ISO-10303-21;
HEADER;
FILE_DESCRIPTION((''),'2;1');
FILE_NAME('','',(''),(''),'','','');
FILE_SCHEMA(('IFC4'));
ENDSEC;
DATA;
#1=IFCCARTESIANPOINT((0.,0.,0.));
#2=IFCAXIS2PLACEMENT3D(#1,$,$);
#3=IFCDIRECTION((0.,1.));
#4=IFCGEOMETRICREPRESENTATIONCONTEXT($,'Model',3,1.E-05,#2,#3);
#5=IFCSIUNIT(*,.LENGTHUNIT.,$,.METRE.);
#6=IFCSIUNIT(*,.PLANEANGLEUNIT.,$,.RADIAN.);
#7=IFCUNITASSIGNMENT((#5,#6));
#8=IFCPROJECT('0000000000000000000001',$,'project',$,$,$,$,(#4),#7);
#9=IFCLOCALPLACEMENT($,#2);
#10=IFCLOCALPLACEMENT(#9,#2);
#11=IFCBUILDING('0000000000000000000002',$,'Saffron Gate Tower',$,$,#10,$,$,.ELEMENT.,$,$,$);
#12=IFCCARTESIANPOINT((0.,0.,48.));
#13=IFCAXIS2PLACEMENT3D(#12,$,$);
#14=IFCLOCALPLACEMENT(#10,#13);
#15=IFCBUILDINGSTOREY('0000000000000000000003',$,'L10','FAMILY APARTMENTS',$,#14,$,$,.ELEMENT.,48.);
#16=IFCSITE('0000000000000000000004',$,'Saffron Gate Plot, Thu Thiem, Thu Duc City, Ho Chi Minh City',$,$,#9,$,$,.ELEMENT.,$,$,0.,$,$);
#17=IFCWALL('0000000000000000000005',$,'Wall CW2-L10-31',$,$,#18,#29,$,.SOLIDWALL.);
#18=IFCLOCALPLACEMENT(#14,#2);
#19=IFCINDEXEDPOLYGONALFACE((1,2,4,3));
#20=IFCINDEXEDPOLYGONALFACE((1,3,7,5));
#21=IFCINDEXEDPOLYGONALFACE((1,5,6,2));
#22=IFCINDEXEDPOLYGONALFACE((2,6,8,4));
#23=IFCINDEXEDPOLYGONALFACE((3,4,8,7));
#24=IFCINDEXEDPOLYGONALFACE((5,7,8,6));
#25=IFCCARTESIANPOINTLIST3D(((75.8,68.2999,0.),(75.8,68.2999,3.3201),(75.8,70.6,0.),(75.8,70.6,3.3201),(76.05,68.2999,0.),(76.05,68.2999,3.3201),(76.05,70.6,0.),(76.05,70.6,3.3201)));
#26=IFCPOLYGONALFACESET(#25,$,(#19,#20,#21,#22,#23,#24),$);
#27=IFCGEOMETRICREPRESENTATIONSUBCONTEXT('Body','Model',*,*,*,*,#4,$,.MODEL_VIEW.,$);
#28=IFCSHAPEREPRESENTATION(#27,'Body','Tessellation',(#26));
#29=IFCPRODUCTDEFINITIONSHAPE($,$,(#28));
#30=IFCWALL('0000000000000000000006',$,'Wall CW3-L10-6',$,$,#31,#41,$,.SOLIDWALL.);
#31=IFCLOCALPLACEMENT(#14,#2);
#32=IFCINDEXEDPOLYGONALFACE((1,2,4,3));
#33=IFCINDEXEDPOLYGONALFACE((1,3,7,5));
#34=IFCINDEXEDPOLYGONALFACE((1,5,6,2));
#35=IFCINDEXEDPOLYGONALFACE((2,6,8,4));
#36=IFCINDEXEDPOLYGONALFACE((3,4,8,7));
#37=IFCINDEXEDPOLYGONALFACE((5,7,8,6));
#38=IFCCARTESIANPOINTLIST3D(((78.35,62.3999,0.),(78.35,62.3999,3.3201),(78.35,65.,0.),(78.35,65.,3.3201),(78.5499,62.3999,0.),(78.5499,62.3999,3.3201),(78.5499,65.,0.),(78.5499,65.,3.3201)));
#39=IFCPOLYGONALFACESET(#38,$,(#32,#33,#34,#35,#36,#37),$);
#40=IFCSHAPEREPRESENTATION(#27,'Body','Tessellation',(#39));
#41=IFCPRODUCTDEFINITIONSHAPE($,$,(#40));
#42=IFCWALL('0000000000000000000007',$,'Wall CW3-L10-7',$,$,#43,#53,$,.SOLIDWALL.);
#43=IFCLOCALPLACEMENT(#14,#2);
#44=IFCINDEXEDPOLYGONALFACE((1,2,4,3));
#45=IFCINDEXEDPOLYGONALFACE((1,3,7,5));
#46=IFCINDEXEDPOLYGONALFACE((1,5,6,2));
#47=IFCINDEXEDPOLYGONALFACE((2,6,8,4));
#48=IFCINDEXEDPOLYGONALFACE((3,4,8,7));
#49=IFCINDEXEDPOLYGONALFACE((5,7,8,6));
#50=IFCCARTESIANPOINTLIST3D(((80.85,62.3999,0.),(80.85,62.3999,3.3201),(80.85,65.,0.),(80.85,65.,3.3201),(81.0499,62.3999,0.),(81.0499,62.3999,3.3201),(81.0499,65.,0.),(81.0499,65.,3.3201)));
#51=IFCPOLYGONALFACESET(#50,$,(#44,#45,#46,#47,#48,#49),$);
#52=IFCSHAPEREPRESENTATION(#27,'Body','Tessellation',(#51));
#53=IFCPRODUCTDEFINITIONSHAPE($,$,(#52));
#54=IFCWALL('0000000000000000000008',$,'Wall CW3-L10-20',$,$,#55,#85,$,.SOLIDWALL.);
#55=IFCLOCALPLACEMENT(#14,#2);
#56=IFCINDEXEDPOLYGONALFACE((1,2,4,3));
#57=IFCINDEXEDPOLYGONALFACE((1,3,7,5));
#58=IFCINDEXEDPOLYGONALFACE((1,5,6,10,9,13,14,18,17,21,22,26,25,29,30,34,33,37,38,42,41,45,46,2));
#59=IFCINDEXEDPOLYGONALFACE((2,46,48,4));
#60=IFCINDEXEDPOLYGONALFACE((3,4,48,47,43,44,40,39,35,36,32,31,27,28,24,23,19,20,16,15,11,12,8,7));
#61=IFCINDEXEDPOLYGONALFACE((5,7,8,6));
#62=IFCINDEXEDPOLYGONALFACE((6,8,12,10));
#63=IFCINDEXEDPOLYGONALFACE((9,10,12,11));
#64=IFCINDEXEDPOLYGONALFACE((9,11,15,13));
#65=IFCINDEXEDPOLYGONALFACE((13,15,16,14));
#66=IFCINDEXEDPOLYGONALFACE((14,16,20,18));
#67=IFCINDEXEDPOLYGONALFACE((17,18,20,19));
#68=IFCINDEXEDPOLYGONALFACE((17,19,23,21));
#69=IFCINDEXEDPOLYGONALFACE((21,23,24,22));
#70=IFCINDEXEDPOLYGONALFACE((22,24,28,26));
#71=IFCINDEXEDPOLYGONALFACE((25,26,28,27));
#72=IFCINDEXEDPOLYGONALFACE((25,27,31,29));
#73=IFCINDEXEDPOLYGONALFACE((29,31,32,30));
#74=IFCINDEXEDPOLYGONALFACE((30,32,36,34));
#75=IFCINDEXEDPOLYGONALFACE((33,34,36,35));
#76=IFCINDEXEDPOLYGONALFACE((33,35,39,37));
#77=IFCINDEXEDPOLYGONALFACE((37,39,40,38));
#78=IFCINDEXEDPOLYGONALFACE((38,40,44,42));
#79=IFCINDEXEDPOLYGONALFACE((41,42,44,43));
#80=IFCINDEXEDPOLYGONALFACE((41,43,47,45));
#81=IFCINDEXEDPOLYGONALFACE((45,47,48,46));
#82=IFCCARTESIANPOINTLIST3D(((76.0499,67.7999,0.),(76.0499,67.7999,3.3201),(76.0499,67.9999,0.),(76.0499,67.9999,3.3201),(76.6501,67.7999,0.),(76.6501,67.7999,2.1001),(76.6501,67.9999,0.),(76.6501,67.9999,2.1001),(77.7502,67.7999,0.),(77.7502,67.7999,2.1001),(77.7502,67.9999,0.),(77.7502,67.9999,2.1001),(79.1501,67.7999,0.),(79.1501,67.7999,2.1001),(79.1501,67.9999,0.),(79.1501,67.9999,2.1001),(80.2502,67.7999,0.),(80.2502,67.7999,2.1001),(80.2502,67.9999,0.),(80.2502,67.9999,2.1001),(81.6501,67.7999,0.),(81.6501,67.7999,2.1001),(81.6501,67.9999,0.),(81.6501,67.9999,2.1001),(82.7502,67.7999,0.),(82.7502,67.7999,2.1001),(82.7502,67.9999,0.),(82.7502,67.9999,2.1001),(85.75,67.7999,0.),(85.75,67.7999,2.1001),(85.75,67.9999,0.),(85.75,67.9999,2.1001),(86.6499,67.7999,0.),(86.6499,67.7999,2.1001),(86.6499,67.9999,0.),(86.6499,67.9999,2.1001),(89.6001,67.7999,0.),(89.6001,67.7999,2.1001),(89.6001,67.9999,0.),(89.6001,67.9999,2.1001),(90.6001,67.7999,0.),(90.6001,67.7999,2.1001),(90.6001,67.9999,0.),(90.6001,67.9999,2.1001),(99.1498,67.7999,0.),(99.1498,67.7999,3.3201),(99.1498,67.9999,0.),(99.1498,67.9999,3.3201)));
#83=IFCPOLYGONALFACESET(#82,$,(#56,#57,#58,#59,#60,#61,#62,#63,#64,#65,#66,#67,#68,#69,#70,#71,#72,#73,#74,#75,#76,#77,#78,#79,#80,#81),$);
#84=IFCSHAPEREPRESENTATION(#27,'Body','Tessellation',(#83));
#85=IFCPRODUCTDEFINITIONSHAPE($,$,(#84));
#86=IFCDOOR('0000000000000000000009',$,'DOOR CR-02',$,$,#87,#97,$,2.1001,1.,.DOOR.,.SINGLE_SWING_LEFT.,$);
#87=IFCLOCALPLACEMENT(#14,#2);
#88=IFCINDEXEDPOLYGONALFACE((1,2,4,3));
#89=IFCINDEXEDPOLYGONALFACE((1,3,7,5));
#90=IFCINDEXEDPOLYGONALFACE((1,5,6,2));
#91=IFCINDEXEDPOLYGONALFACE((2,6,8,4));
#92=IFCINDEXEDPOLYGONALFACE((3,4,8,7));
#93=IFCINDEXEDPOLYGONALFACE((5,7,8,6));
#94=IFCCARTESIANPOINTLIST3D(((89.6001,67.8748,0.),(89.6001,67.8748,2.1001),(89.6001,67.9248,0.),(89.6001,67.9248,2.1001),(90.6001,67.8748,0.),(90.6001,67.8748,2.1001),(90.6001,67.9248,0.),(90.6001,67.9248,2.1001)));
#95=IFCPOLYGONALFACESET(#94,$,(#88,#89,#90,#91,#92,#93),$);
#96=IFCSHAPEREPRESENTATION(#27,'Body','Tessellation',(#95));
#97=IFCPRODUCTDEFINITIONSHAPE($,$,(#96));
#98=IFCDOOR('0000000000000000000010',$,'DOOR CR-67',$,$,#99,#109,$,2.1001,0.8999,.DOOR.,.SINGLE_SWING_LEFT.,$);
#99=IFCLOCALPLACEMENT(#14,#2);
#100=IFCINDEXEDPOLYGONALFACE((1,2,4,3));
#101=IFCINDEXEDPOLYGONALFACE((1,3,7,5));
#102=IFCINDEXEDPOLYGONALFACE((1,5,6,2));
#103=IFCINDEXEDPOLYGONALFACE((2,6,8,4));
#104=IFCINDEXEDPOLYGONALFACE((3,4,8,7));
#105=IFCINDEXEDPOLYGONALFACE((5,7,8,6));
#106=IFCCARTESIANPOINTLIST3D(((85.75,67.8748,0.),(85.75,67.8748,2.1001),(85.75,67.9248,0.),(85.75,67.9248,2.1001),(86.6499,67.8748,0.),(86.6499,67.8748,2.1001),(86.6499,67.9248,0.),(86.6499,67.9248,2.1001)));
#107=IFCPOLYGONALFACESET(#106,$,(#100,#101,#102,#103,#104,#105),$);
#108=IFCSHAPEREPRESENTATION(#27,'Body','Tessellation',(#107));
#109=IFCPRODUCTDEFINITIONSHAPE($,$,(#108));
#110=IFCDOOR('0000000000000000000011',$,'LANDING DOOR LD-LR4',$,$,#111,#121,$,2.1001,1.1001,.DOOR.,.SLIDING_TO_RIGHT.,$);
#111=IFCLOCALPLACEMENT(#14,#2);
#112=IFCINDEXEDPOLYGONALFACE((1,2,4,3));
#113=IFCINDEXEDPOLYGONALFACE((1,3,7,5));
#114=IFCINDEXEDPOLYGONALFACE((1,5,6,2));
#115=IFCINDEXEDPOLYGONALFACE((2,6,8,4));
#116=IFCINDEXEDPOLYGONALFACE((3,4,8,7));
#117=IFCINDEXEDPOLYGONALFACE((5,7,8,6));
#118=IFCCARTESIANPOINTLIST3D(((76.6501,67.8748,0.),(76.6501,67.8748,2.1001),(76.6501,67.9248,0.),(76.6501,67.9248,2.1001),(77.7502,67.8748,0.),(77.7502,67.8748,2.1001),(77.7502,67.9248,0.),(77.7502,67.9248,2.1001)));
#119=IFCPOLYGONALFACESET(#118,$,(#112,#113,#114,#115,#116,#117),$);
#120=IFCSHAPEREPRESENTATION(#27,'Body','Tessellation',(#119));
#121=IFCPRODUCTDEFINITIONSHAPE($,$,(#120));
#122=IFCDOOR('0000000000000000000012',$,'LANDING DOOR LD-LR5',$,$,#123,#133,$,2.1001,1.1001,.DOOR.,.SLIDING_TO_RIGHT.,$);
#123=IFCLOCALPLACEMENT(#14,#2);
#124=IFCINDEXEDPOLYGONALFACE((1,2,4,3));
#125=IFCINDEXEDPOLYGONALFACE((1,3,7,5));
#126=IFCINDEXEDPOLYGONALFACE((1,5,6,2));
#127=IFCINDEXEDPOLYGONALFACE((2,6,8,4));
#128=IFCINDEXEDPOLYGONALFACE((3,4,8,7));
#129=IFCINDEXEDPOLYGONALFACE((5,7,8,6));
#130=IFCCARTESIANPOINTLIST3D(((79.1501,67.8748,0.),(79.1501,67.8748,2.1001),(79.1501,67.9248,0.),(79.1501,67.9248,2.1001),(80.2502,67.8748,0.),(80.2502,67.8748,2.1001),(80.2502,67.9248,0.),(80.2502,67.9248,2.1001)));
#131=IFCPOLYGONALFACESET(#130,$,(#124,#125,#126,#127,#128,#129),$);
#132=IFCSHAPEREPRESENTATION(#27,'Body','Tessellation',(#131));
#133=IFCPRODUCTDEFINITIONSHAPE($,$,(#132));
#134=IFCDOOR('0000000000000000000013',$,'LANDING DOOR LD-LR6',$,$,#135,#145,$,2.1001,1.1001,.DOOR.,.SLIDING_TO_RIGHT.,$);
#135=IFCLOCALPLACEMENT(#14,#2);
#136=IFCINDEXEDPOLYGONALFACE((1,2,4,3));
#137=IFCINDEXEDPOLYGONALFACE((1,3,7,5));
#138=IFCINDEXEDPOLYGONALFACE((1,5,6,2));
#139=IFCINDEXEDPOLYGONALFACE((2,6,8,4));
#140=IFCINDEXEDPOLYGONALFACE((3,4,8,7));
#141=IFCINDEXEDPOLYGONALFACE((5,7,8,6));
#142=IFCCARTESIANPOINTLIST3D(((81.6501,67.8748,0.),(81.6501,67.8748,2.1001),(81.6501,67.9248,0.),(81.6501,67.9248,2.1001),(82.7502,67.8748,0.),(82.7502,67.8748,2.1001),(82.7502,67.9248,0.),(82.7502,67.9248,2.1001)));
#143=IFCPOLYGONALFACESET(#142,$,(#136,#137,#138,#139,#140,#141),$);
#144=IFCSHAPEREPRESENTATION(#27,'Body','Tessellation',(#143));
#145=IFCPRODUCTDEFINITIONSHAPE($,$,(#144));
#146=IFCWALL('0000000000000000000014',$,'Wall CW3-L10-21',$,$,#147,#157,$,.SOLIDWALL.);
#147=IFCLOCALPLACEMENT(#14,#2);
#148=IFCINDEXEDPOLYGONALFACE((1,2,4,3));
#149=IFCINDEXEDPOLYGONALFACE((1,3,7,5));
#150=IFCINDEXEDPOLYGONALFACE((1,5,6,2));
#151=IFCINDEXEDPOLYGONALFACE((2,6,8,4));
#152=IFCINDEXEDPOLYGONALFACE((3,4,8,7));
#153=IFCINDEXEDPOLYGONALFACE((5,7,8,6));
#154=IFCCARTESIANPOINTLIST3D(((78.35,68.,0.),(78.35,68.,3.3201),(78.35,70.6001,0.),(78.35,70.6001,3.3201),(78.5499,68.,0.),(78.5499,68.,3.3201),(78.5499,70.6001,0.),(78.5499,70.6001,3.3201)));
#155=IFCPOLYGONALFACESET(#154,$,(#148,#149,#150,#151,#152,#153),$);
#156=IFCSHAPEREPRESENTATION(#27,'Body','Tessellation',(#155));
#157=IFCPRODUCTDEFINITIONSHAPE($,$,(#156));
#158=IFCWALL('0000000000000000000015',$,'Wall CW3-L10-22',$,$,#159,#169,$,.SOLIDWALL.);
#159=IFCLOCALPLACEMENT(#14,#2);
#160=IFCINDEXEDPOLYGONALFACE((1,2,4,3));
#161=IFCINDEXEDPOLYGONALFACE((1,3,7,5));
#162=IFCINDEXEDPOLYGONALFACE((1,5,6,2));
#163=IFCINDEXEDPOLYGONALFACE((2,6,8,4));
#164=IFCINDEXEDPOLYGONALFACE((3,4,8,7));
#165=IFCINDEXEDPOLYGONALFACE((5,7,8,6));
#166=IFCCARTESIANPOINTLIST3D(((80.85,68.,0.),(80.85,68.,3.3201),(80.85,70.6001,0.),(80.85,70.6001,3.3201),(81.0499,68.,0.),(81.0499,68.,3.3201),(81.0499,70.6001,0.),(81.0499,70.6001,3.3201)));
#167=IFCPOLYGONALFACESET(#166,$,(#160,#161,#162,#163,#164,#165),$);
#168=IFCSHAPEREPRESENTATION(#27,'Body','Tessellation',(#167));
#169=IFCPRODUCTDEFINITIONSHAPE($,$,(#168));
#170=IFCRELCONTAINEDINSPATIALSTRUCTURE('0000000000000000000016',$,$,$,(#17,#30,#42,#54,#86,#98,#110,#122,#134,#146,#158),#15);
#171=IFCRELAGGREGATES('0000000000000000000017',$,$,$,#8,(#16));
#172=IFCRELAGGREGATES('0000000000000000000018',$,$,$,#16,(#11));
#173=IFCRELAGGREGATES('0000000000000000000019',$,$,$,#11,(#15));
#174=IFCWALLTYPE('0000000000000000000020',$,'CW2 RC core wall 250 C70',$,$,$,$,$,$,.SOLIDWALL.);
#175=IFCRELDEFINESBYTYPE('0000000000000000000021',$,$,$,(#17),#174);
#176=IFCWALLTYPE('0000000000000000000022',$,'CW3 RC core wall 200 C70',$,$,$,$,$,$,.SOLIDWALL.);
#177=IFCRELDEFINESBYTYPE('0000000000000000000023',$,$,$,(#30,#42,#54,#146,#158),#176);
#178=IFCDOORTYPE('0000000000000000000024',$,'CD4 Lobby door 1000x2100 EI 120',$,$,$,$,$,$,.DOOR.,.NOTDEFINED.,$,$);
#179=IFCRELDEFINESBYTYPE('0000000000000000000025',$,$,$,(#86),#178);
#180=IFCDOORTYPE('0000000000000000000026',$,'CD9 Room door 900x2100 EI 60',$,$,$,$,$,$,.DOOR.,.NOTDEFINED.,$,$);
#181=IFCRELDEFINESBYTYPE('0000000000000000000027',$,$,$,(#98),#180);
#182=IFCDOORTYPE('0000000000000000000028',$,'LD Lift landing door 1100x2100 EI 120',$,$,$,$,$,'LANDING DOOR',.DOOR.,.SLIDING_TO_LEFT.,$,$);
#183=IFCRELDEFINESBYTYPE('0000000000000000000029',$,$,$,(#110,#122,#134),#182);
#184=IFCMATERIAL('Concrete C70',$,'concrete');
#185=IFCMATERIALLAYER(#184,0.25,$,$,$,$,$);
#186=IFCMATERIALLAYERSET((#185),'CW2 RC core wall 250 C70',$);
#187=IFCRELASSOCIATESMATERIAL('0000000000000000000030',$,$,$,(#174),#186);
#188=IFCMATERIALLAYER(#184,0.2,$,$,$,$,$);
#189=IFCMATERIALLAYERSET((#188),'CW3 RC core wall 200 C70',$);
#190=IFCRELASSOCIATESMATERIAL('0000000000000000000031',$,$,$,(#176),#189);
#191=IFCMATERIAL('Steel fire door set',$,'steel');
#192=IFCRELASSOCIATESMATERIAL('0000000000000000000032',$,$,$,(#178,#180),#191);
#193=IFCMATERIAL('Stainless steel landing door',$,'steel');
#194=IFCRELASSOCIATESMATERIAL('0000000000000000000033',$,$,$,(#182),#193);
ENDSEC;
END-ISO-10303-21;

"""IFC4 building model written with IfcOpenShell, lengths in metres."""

from ifc_helpers import new_model, si_unit, direction, frame, frame_2d, origin, place, context, subcontext, project, spatial, rectangle, extrude, material, layer, layer_set, type_object, element, fill, save


model = new_model("IFC4")

# Units and contexts
model_context = context("Model", 3, precision=1e-05, world=origin(), true_north=direction((0.0, 1.0)))
body_context = subcontext(model_context, "Body", "Model", "MODEL_VIEW")
ifc_project = project(units=[si_unit("LENGTHUNIT", "METRE"), si_unit("PLANEANGLEUNIT", "RADIAN")], contexts=[model_context])

# Site, building, storey
site_placement = place(None, origin())
site = spatial("IfcSite", under=ifc_project, at=site_placement, Name="Saffron Gate Plot, Thu Thiem, Thu Duc City, Ho Chi Minh City", CompositionType="ELEMENT", RefElevation=0.0)
building_placement = place(site_placement, origin())
building = spatial("IfcBuilding", under=site, at=building_placement, Name="Saffron Gate Tower", CompositionType="ELEMENT")
storey_placement = place(building_placement, frame((0.0, 0.0, 48.0)))
storey = spatial("IfcBuildingStorey", under=building, at=storey_placement, Name="L10", Description="FAMILY APARTMENTS", CompositionType="ELEMENT", Elevation=48.0)

# Walls
ifc_material_1 = material(Name="Concrete C70", Category="concrete")
ifc_layer_1 = layer(ifc_material_1, 0.25)
ifc_layer_set_1 = layer_set([ifc_layer_1], Name="CW2 RC core wall 250 C70")
wall_type_1 = type_object("IfcWallType", Name="CW2 RC core wall 250 C70", PredefinedType="SOLIDWALL", material=ifc_layer_set_1)
wall_1_placement = place(storey_placement, frame((75.925, 68.3, 0.0), z_axis=(0.0, 0.0, 1.0), x_axis=(0.0, 1.0, 0.0)))
element("IfcWall", 1, at=wall_1_placement, inside=storey, type_object=wall_type_1, Name="Wall CW2-L10-31", PredefinedType="SOLIDWALL", context=body_context, shape_type="SweptSolid", body=[
    extrude(rectangle(XDim=2.3, YDim=0.25, at=frame_2d((1.1499, 0.0))), origin(), (0.0, 0.0, 1.0), 3.3201),
])
ifc_layer_2 = layer(ifc_material_1, 0.2)
ifc_layer_set_2 = layer_set([ifc_layer_2], Name="CW3 RC core wall 200 C70")
wall_type_2 = type_object("IfcWallType", Name="CW3 RC core wall 200 C70", PredefinedType="SOLIDWALL", material=ifc_layer_set_2)
for number, where, z_axis, x_axis, name in (
    (2, (78.45, 62.3999, 0.0), (0.0, 0.0, 1.0), (0.0, 1.0, 0.0), "Wall CW3-L10-6"),
    (3, (80.95, 62.3999, 0.0), (0.0, 0.0, 1.0), (0.0, 1.0, 0.0), "Wall CW3-L10-7"),
):
    element("IfcWall", number, at=place(storey_placement, frame(where, z_axis=z_axis, x_axis=x_axis)), inside=storey, type_object=wall_type_2, Name=name, PredefinedType="SOLIDWALL", context=body_context, shape_type="SweptSolid", body=[
        extrude(rectangle(XDim=2.6001, YDim=0.2, at=frame_2d((1.3, 0.0))), origin(), (0.0, 0.0, 1.0), 3.3201),
    ])

# Wall, openings, doors
wall_2_placement = place(storey_placement, frame((76.05, 67.8999, 0.0), z_axis=(0.0, 0.0, 1.0), x_axis=(1.0, 0.0, 0.0)))
wall_2 = element("IfcWall", 4, at=wall_2_placement, inside=storey, type_object=wall_type_2, Name="Wall CW3-L10-20", PredefinedType="SOLIDWALL", context=body_context, shape_type="SweptSolid", body=[
    extrude(rectangle(XDim=23.0999, YDim=0.2, at=frame_2d((11.5498, 0.0))), origin(), (0.0, 0.0, 1.0), 3.3201),
])
opening_1_placement = place(wall_2_placement, frame((0.6001, 0.0, 0.0)))
opening_1 = element("IfcOpeningElement", 5, at=opening_1_placement, cuts=wall_2, PredefinedType="OPENING", context=body_context, shape_type="SweptSolid", body=[
    extrude(rectangle(XDim=1.1001, YDim=2.1001, at=frame_2d((0.55, 1.05))), frame((0.0, 0.1099, 0.0), z_axis=(0.0, -1.0, 0.0), x_axis=(1.0, 0.0, 0.0)), (0.0, 0.0, 1.0), 0.22),
])
opening_2_placement = place(wall_2_placement, frame((3.1001, 0.0, 0.0)))
opening_2 = element("IfcOpeningElement", 6, at=opening_2_placement, cuts=wall_2, PredefinedType="OPENING", context=body_context, shape_type="SweptSolid", body=[
    extrude(rectangle(XDim=1.1001, YDim=2.1001, at=frame_2d((0.55, 1.05))), frame((0.0, 0.1099, 0.0), z_axis=(0.0, -1.0, 0.0), x_axis=(1.0, 0.0, 0.0)), (0.0, 0.0, 1.0), 0.22),
])
opening_3_placement = place(wall_2_placement, frame((5.6001, 0.0, 0.0)))
opening_3 = element("IfcOpeningElement", 7, at=opening_3_placement, cuts=wall_2, PredefinedType="OPENING", context=body_context, shape_type="SweptSolid", body=[
    extrude(rectangle(XDim=1.1001, YDim=2.1001, at=frame_2d((0.55, 1.05))), frame((0.0, 0.1099, 0.0), z_axis=(0.0, -1.0, 0.0), x_axis=(1.0, 0.0, 0.0)), (0.0, 0.0, 1.0), 0.22),
])
opening_4_placement = place(wall_2_placement, frame((9.7, 0.0, 0.0)))
opening_4 = element("IfcOpeningElement", 8, at=opening_4_placement, cuts=wall_2, PredefinedType="OPENING", context=body_context, shape_type="SweptSolid", body=[
    extrude(rectangle(XDim=0.8999, YDim=2.1001, at=frame_2d((0.45, 1.05))), frame((0.0, 0.1099, 0.0), z_axis=(0.0, -1.0, 0.0), x_axis=(1.0, 0.0, 0.0)), (0.0, 0.0, 1.0), 0.22),
])
opening_5_placement = place(wall_2_placement, frame((13.55, 0.0, 0.0)))
opening_5 = element("IfcOpeningElement", 9, at=opening_5_placement, cuts=wall_2, PredefinedType="OPENING", context=body_context, shape_type="SweptSolid", body=[
    extrude(rectangle(XDim=1.0, YDim=2.1001, at=frame_2d((0.5, 1.05))), frame((0.0, 0.1099, 0.0), z_axis=(0.0, -1.0, 0.0), x_axis=(1.0, 0.0, 0.0)), (0.0, 0.0, 1.0), 0.22),
])
ifc_material_2 = material(Name="Steel fire door set", Category="steel")
door_type_1 = type_object("IfcDoorType", Name="CD4 Lobby door 1000x2100 EI 120", OperationType="NOTDEFINED", PredefinedType="DOOR", material=ifc_material_2)
door_1_placement = place(opening_5_placement, origin())
door_1 = element("IfcDoor", 10, at=door_1_placement, inside=storey, type_object=door_type_1, Name="DOOR CR-02", OperationType="SINGLE_SWING_LEFT", OverallHeight=2.1001, OverallWidth=1.0, PredefinedType="DOOR", context=body_context, shape_type="SweptSolid", body=[
    extrude(rectangle(XDim=1.0, YDim=2.1001, at=frame_2d((0.5, 1.05))), frame((0.0, 0.0249, 0.0), z_axis=(0.0, -1.0, 0.0), x_axis=(1.0, 0.0, 0.0)), (0.0, 0.0, 1.0), 0.05),
])
fill(opening_5, door_1)
door_type_2 = type_object("IfcDoorType", Name="CD9 Room door 900x2100 EI 60", OperationType="NOTDEFINED", PredefinedType="DOOR", material=ifc_material_2)
door_2_placement = place(opening_4_placement, origin())
door_2 = element("IfcDoor", 11, at=door_2_placement, inside=storey, type_object=door_type_2, Name="DOOR CR-67", OperationType="SINGLE_SWING_LEFT", OverallHeight=2.1001, OverallWidth=0.8999, PredefinedType="DOOR", context=body_context, shape_type="SweptSolid", body=[
    extrude(rectangle(XDim=0.8999, YDim=2.1001, at=frame_2d((0.45, 1.05))), frame((0.0, 0.0249, 0.0), z_axis=(0.0, -1.0, 0.0), x_axis=(1.0, 0.0, 0.0)), (0.0, 0.0, 1.0), 0.05),
])
fill(opening_4, door_2)
ifc_material_3 = material(Name="Stainless steel landing door", Category="steel")
door_type_3 = type_object("IfcDoorType", Name="LD Lift landing door 1100x2100 EI 120", ElementType="LANDING DOOR", OperationType="SLIDING_TO_LEFT", PredefinedType="DOOR", material=ifc_material_3)
door_3_placement = place(opening_1_placement, origin())
door_3 = element("IfcDoor", 12, at=door_3_placement, inside=storey, type_object=door_type_3, Name="LANDING DOOR LD-LR4", OperationType="SLIDING_TO_RIGHT", OverallHeight=2.1001, OverallWidth=1.1001, PredefinedType="DOOR", context=body_context, shape_type="SweptSolid", body=[
    extrude(rectangle(XDim=1.1001, YDim=2.1001, at=frame_2d((0.55, 1.05))), frame((0.0, 0.0249, 0.0), z_axis=(0.0, -1.0, 0.0), x_axis=(1.0, 0.0, 0.0)), (0.0, 0.0, 1.0), 0.05),
])
fill(opening_1, door_3)
door_4_placement = place(opening_2_placement, origin())
door_4 = element("IfcDoor", 13, at=door_4_placement, inside=storey, type_object=door_type_3, Name="LANDING DOOR LD-LR5", OperationType="SLIDING_TO_RIGHT", OverallHeight=2.1001, OverallWidth=1.1001, PredefinedType="DOOR", context=body_context, shape_type="SweptSolid", body=[
    extrude(rectangle(XDim=1.1001, YDim=2.1001, at=frame_2d((0.55, 1.05))), frame((0.0, 0.0249, 0.0), z_axis=(0.0, -1.0, 0.0), x_axis=(1.0, 0.0, 0.0)), (0.0, 0.0, 1.0), 0.05),
])
fill(opening_2, door_4)
door_5_placement = place(opening_3_placement, origin())
door_5 = element("IfcDoor", 14, at=door_5_placement, inside=storey, type_object=door_type_3, Name="LANDING DOOR LD-LR6", OperationType="SLIDING_TO_RIGHT", OverallHeight=2.1001, OverallWidth=1.1001, PredefinedType="DOOR", context=body_context, shape_type="SweptSolid", body=[
    extrude(rectangle(XDim=1.1001, YDim=2.1001, at=frame_2d((0.55, 1.05))), frame((0.0, 0.0249, 0.0), z_axis=(0.0, -1.0, 0.0), x_axis=(1.0, 0.0, 0.0)), (0.0, 0.0, 1.0), 0.05),
])
fill(opening_3, door_5)

# Walls
for number, where, z_axis, x_axis, name in (
    (15, (78.45, 68.0, 0.0), (0.0, 0.0, 1.0), (0.0, 1.0, 0.0), "Wall CW3-L10-21"),
    (16, (80.95, 68.0, 0.0), (0.0, 0.0, 1.0), (0.0, 1.0, 0.0), "Wall CW3-L10-22"),
):
    element("IfcWall", number, at=place(storey_placement, frame(where, z_axis=z_axis, x_axis=x_axis)), inside=storey, type_object=wall_type_2, Name=name, PredefinedType="SOLIDWALL", context=body_context, shape_type="SweptSolid", body=[
        extrude(rectangle(XDim=2.6001, YDim=0.2, at=frame_2d((1.3, 0.0))), origin(), (0.0, 0.0, 1.0), 3.3201),
    ])

save(model, "model.ifc")
